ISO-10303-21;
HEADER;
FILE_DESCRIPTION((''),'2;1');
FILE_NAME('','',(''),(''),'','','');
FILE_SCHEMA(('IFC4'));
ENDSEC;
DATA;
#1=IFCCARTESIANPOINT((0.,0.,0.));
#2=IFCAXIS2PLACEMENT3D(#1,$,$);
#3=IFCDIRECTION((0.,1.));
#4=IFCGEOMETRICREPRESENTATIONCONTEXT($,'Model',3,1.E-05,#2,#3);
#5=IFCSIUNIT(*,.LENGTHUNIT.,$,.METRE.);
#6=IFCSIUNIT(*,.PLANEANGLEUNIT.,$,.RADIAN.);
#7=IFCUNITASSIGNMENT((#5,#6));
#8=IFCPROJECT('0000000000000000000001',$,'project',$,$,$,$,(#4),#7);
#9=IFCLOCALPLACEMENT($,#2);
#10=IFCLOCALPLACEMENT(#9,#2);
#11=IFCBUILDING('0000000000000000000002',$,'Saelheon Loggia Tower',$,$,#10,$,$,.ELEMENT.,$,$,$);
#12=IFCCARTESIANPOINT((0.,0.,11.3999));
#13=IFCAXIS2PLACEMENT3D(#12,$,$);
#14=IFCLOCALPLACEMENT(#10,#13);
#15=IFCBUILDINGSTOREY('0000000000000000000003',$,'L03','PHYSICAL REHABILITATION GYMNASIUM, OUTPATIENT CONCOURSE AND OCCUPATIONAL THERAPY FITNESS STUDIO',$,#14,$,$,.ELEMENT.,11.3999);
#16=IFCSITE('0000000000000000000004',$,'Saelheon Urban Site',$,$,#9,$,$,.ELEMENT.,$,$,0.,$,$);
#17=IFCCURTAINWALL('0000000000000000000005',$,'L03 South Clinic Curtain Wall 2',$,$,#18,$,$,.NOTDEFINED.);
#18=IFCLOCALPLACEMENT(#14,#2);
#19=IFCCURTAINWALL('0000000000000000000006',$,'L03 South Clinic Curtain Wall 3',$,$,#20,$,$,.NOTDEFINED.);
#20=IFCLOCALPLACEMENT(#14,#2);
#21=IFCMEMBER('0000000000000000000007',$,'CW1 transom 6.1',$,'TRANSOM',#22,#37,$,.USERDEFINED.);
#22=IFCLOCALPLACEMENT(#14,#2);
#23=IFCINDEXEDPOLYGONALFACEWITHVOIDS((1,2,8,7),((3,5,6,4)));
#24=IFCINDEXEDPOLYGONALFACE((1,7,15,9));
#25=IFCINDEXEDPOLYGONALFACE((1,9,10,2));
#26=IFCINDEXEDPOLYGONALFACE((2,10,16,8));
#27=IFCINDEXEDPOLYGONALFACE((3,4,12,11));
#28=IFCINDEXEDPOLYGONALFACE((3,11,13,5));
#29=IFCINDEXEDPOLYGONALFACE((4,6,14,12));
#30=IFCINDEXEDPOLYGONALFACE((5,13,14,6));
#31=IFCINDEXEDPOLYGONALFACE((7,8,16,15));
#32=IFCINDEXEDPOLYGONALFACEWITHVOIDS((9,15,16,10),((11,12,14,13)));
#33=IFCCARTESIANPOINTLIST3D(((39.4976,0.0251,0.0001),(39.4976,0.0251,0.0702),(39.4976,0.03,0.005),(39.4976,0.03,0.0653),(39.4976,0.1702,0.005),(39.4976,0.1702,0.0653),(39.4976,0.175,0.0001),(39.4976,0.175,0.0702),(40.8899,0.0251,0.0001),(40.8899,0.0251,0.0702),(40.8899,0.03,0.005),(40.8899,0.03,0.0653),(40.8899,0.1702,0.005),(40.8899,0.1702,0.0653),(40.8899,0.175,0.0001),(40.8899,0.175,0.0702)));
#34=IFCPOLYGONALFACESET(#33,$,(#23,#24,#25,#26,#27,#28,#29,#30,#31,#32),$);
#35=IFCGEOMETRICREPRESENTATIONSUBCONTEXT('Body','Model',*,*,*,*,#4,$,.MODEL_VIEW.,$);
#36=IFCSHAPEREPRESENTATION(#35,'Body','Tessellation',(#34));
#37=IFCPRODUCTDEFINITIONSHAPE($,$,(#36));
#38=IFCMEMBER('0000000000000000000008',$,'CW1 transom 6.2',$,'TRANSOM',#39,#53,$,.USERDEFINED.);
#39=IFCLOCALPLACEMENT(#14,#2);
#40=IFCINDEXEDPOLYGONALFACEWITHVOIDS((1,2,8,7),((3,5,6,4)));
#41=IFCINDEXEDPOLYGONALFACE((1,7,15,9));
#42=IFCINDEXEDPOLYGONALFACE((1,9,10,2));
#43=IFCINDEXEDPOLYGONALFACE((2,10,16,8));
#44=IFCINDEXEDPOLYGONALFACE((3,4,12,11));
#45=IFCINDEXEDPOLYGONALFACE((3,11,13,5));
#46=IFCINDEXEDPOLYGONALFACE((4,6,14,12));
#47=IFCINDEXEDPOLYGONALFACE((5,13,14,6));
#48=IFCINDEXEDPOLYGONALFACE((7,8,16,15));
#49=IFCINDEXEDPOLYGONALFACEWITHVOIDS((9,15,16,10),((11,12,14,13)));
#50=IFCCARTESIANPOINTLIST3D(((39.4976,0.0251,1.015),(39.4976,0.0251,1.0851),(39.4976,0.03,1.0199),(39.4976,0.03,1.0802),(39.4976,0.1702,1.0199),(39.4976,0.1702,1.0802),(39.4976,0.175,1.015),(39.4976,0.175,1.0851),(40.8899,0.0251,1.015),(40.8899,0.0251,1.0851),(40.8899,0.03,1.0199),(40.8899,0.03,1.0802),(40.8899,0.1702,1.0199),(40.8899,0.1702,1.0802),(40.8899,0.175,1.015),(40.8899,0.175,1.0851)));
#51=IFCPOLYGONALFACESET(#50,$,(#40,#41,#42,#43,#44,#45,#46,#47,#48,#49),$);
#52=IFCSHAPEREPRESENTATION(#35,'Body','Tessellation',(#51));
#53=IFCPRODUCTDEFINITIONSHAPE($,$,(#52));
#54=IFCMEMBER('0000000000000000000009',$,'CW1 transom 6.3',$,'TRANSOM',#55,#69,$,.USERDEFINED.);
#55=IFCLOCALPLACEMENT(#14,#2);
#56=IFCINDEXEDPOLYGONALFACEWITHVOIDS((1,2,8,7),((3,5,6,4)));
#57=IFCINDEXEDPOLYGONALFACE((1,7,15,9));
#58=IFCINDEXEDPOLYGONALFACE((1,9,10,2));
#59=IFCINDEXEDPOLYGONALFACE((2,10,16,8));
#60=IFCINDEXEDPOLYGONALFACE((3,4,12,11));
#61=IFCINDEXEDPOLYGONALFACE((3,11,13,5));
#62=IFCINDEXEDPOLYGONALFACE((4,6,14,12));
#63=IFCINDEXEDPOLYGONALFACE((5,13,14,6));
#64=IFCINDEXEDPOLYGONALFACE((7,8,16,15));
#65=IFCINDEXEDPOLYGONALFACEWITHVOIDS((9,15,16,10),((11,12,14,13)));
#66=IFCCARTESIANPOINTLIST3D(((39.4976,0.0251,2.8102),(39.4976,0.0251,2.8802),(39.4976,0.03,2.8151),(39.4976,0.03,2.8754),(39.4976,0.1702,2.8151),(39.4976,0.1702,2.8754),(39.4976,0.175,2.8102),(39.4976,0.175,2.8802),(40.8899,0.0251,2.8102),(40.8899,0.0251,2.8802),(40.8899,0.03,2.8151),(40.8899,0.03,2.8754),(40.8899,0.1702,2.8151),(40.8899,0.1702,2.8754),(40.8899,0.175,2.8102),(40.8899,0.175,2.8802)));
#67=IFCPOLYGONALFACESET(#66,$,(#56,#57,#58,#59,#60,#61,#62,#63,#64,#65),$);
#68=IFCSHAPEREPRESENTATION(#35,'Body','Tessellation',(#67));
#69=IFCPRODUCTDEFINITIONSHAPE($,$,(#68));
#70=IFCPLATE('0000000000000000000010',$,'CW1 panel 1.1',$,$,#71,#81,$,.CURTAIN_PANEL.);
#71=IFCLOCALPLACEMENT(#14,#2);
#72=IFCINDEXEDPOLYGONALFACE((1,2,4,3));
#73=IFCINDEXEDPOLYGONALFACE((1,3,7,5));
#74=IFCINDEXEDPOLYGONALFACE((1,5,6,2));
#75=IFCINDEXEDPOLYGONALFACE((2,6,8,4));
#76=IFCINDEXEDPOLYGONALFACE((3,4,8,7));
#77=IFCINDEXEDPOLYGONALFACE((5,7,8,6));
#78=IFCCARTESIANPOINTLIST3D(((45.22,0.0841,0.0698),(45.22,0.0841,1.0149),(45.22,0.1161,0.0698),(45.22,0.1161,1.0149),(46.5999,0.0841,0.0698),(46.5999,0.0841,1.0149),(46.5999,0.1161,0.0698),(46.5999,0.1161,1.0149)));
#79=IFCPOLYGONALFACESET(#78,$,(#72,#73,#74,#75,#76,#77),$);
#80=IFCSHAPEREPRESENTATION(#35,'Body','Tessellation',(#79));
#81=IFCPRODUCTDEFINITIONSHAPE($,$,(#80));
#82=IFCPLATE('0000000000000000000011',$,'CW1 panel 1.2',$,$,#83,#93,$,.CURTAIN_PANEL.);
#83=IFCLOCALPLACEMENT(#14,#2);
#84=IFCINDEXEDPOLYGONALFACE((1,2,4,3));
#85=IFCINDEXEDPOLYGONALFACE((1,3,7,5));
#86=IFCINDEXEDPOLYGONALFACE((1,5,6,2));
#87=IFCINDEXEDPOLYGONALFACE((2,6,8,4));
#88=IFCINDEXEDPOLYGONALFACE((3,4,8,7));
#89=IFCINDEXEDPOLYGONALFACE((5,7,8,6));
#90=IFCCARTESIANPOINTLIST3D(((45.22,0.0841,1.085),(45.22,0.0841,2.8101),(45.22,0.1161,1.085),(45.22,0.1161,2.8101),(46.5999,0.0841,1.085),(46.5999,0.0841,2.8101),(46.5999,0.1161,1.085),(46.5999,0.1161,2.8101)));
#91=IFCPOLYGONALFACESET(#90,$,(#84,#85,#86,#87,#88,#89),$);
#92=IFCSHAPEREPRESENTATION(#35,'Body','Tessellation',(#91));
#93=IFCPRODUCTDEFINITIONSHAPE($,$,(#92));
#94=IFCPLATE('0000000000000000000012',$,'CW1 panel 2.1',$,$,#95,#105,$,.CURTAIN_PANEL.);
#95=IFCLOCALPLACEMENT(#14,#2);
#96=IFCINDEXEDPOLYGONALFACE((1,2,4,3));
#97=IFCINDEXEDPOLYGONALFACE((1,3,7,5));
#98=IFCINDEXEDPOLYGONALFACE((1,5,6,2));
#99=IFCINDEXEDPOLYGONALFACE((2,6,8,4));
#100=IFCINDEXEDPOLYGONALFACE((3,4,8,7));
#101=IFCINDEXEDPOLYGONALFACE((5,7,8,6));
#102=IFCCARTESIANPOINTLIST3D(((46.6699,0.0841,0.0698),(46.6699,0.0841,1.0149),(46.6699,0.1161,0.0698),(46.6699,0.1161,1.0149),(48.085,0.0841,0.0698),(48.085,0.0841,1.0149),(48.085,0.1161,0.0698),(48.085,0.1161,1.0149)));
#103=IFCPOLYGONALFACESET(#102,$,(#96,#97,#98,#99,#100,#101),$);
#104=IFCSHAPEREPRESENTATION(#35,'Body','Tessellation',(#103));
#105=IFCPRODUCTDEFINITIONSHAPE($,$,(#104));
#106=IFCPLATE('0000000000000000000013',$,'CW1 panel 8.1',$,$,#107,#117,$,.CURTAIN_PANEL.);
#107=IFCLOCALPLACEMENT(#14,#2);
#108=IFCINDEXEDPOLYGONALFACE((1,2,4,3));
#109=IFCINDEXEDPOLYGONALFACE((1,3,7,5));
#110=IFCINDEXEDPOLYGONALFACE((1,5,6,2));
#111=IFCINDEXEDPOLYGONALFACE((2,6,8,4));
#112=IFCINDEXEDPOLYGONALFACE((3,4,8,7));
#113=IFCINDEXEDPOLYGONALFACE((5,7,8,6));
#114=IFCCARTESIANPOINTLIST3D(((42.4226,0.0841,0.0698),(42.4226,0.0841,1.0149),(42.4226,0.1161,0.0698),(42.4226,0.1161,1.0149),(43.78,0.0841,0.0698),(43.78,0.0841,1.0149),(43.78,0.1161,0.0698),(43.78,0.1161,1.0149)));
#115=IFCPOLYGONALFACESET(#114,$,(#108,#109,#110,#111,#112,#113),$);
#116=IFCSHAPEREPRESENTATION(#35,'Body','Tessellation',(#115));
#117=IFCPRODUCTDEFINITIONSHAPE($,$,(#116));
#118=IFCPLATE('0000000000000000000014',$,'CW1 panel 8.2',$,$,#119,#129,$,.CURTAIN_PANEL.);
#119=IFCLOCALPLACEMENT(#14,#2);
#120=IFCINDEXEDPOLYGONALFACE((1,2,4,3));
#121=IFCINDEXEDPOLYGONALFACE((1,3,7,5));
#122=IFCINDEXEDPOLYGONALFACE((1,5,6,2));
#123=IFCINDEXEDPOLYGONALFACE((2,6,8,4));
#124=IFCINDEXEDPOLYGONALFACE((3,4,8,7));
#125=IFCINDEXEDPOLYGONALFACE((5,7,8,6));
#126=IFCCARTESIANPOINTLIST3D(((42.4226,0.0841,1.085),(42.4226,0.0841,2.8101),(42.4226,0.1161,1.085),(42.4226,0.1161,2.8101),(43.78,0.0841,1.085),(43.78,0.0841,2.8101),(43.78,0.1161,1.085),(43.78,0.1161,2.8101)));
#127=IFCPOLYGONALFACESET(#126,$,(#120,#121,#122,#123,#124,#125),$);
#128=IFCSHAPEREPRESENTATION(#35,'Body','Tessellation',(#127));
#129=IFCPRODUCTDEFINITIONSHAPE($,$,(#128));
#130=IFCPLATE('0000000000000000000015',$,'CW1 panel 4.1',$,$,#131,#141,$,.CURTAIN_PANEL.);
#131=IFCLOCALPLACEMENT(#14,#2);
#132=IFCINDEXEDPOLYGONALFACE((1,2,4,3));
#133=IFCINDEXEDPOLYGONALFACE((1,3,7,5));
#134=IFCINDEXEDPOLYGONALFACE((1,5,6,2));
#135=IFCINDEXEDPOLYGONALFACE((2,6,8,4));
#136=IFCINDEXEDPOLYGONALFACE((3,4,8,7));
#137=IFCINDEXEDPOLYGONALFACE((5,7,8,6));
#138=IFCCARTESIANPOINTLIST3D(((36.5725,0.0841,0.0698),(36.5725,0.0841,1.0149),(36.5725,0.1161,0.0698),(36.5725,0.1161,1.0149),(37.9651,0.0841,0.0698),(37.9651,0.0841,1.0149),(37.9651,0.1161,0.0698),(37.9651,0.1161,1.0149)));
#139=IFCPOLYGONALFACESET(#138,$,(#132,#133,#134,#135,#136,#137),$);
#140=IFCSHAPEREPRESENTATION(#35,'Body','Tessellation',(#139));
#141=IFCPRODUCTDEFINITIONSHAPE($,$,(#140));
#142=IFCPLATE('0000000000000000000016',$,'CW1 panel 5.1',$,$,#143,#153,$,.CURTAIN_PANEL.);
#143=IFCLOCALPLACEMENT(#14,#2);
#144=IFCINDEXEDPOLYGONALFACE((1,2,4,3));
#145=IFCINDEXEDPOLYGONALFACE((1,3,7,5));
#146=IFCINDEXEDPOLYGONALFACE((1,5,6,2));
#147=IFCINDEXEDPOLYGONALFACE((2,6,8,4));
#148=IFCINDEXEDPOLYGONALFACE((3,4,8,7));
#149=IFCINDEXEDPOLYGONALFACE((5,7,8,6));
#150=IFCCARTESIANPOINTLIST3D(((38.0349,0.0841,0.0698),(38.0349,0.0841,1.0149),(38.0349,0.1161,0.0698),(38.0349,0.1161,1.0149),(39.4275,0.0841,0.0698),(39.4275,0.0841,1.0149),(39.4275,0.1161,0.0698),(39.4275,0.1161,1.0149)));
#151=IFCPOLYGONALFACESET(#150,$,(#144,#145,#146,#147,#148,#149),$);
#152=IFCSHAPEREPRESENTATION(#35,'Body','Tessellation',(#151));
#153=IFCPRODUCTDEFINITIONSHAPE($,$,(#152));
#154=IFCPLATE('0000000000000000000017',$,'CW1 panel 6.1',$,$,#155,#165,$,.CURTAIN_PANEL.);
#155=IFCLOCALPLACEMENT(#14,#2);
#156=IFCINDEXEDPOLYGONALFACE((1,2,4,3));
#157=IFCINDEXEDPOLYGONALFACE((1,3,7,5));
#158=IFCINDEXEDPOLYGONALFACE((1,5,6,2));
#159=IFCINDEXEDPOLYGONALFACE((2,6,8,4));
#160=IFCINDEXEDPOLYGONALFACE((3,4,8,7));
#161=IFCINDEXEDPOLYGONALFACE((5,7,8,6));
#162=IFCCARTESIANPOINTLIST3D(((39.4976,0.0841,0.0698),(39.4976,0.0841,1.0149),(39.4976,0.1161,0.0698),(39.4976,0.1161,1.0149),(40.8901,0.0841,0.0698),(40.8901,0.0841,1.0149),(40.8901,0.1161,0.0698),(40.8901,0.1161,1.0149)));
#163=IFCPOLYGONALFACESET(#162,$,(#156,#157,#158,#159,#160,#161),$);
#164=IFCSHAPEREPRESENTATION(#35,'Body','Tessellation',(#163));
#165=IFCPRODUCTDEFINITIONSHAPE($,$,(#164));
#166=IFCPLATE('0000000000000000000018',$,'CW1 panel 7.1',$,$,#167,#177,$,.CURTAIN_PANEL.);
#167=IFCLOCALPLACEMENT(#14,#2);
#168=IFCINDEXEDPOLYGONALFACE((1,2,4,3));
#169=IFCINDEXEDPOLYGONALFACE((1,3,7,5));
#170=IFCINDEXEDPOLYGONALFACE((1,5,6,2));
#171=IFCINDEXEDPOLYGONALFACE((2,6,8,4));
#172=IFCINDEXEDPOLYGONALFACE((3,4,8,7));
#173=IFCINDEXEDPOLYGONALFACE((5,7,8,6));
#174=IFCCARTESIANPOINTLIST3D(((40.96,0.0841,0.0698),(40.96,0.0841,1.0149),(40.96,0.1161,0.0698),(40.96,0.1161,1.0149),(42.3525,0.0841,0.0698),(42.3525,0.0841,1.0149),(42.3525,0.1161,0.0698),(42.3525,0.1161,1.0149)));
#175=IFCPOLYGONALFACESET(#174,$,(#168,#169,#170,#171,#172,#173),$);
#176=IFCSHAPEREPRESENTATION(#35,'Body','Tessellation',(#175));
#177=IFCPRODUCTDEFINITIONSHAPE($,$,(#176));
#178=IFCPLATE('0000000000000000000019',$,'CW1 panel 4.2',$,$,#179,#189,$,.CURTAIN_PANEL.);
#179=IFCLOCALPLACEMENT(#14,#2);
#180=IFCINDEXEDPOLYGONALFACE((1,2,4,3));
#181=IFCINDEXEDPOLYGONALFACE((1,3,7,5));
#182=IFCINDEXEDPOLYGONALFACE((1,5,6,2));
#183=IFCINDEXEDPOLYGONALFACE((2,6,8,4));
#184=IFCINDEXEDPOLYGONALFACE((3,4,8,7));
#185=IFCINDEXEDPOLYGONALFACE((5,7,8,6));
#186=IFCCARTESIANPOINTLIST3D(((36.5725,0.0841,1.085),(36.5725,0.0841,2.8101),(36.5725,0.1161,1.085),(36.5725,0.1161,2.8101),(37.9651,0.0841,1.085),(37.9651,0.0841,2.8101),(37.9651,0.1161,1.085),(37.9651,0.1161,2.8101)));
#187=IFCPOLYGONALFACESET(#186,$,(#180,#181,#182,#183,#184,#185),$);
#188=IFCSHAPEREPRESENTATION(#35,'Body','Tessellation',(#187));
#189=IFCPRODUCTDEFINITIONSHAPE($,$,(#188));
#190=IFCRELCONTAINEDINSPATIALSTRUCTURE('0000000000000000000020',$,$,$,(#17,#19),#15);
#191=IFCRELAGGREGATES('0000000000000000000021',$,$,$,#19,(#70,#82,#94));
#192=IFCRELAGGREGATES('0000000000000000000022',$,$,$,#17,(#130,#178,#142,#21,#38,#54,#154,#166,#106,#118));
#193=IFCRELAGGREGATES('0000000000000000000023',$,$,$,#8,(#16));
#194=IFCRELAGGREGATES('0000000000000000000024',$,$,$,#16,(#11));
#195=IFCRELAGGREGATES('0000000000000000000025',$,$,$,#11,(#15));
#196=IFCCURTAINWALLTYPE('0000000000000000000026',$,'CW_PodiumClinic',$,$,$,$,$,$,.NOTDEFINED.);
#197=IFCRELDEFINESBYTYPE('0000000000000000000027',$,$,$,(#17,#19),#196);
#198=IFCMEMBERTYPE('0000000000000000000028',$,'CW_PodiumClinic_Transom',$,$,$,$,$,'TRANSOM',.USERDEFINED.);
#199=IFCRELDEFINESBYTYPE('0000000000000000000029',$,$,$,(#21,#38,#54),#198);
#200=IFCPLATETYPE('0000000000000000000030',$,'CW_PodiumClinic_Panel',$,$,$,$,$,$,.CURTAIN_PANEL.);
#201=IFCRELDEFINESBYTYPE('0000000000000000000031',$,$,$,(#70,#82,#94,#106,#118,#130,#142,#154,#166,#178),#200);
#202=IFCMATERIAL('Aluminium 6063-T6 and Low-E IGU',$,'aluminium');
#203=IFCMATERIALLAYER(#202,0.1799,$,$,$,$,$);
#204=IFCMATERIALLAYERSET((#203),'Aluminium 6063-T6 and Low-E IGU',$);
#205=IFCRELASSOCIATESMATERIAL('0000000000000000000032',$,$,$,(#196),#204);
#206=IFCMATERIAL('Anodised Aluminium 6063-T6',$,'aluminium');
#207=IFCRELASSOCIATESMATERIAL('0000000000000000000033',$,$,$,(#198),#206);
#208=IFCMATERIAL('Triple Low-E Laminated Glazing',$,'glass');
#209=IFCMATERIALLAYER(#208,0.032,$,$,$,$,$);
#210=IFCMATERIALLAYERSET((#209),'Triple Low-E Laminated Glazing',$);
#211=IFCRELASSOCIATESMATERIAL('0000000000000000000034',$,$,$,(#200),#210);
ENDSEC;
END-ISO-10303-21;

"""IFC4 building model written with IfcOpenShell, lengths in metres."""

from ifc_helpers import new_model, si_unit, direction, frame, origin, origin_2d, place, context, subcontext, project, spatial, rectangle, hollow_rectangle, extrude, source, transform, mapped, material, layer, layer_set, material_profile, profile_set, type_object, element, aggregate, save


model = new_model("IFC4")

# Units and contexts
model_context = context("Model", 3, precision=1e-05, world=origin(), true_north=direction((0.0, 1.0)))
body_context = subcontext(model_context, "Body", "Model", "MODEL_VIEW")
ifc_project = project(units=[si_unit("LENGTHUNIT", "METRE"), si_unit("PLANEANGLEUNIT", "RADIAN")], contexts=[model_context])

# Site, building, storey
site_placement = place(None, origin())
site = spatial("IfcSite", under=ifc_project, at=site_placement, Name="Saelheon Urban Site", CompositionType="ELEMENT", RefElevation=0.0)
building_placement = place(site_placement, origin())
building = spatial("IfcBuilding", under=site, at=building_placement, Name="Saelheon Loggia Tower", CompositionType="ELEMENT")
storey_placement = place(building_placement, frame((0.0, 0.0, 11.3999)))
storey = spatial("IfcBuildingStorey", under=building, at=storey_placement, Name="L03", Description="PHYSICAL REHABILITATION GYMNASIUM, OUTPATIENT CONCOURSE AND OCCUPATIONAL THERAPY FITNESS STUDIO", CompositionType="ELEMENT", Elevation=11.3999)

# Curtain walls
ifc_material_1 = material(Name="Aluminium 6063-T6 and Low-E IGU", Category="aluminium")
ifc_layer_1 = layer(ifc_material_1, 0.1799)
ifc_layer_set_1 = layer_set([ifc_layer_1], Name="Aluminium 6063-T6 and Low-E IGU")
curtain_wall_type = type_object("IfcCurtainWallType", Name="CW_PodiumClinic", PredefinedType="NOTDEFINED", material=ifc_layer_set_1)
curtain_wall_1_placement = place(storey_placement, origin())
curtain_wall_1 = element("IfcCurtainWall", 1, at=curtain_wall_1_placement, inside=storey, type_object=curtain_wall_type, Name="L03 South Clinic Curtain Wall 2", PredefinedType="NOTDEFINED")
ifc_material_2 = material(Name="Anodised Aluminium 6063-T6", Category="aluminium")
curtain_wall_2_placement = place(storey_placement, origin())
curtain_wall_2 = element("IfcCurtainWall", 2, at=curtain_wall_2_placement, inside=storey, type_object=curtain_wall_type, Name="L03 South Clinic Curtain Wall 3", PredefinedType="NOTDEFINED")
ifc_material_profile_1 = material_profile(ifc_material_2, hollow_rectangle(XDim=0.0701, YDim=0.1499, WallThickness=0.0049, at=origin_2d()), Name="RHS-150x70x5")
ifc_profile_set_1 = profile_set([ifc_material_profile_1], Name="Anodised Aluminium 6063-T6")
member_type_1 = type_object("IfcMemberType", Name="CW_PodiumClinic_Transom", ElementType="TRANSOM", PredefinedType="USERDEFINED", material=ifc_profile_set_1)

# Members
shared_shape_1 = source(origin(), body_context, "Body", "SweptSolid", [
    extrude(hollow_rectangle(XDim=0.0701, YDim=0.1499, WallThickness=0.0049, at=origin_2d()), origin(), (0.0, 0.0, 1.0), 1.3923),
])
member_1_placement = place(storey_placement, frame((39.4976, 0.1001, 0.0352), z_axis=(1.0, 0.0, 0.0), x_axis=(0.0, 0.0, 1.0)))
member_1 = element("IfcMember", 3, at=member_1_placement, type_object=member_type_1, Name="CW1 transom 6.1", ObjectType="TRANSOM", PredefinedType="USERDEFINED", context=body_context, shape_type="MappedRepresentation", body=[
    mapped(shared_shape_1, transform((0.0, 0.0, 0.0), scale=1.0)),
])
member_2_placement = place(storey_placement, frame((39.4976, 0.1001, 1.05), z_axis=(1.0, 0.0, 0.0), x_axis=(0.0, 0.0, 1.0)))
member_2 = element("IfcMember", 4, at=member_2_placement, type_object=member_type_1, Name="CW1 transom 6.2", ObjectType="TRANSOM", PredefinedType="USERDEFINED", context=body_context, shape_type="MappedRepresentation", body=[
    mapped(shared_shape_1, transform((0.0, 0.0, 0.0), scale=1.0)),
])
member_3_placement = place(storey_placement, frame((39.4976, 0.1001, 2.8452), z_axis=(1.0, 0.0, 0.0), x_axis=(0.0, 0.0, 1.0)))
member_3 = element("IfcMember", 5, at=member_3_placement, type_object=member_type_1, Name="CW1 transom 6.3", ObjectType="TRANSOM", PredefinedType="USERDEFINED", context=body_context, shape_type="MappedRepresentation", body=[
    mapped(shared_shape_1, transform((0.0, 0.0, 0.0), scale=1.0)),
])

# Plates
ifc_material_3 = material(Name="Triple Low-E Laminated Glazing", Category="glass")
ifc_layer_2 = layer(ifc_material_3, 0.032)
ifc_layer_set_2 = layer_set([ifc_layer_2], Name="Triple Low-E Laminated Glazing")
plate_type = type_object("IfcPlateType", Name="CW_PodiumClinic_Panel", PredefinedType="CURTAIN_PANEL", material=ifc_layer_set_2)
shared_shape_2 = source(origin(), body_context, "Body", "SweptSolid", [
    extrude(rectangle(XDim=1.3799, YDim=0.032, at=origin_2d()), origin(), (0.0, 0.0, 1.0), 0.9451),
])
plate_1_placement = place(storey_placement, frame((45.9099, 0.1001, 0.0698), z_axis=(0.0, 0.0, 1.0), x_axis=(1.0, 0.0, 0.0)))
plate_1 = element("IfcPlate", 6, at=plate_1_placement, type_object=plate_type, Name="CW1 panel 1.1", PredefinedType="CURTAIN_PANEL", context=body_context, shape_type="MappedRepresentation", body=[
    mapped(shared_shape_2, transform((0.0, 0.0, 0.0), scale=1.0)),
])
shared_shape_3 = source(origin(), body_context, "Body", "SweptSolid", [
    extrude(rectangle(XDim=1.3799, YDim=0.032, at=origin_2d()), origin(), (0.0, 0.0, 1.0), 1.7251),
])
plate_2_placement = place(storey_placement, frame((45.9099, 0.1001, 1.085), z_axis=(0.0, 0.0, 1.0), x_axis=(1.0, 0.0, 0.0)))
plate_2 = element("IfcPlate", 7, at=plate_2_placement, type_object=plate_type, Name="CW1 panel 1.2", PredefinedType="CURTAIN_PANEL", context=body_context, shape_type="MappedRepresentation", body=[
    mapped(shared_shape_3, transform((0.0, 0.0, 0.0), scale=1.0)),
])
shared_shape_4 = source(origin(), body_context, "Body", "SweptSolid", [
    extrude(rectangle(XDim=1.415, YDim=0.032, at=origin_2d()), origin(), (0.0, 0.0, 1.0), 0.9451),
])
plate_3_placement = place(storey_placement, frame((47.3774, 0.1001, 0.0698), z_axis=(0.0, 0.0, 1.0), x_axis=(1.0, 0.0, 0.0)))
plate_3 = element("IfcPlate", 8, at=plate_3_placement, type_object=plate_type, Name="CW1 panel 2.1", PredefinedType="CURTAIN_PANEL", context=body_context, shape_type="MappedRepresentation", body=[
    mapped(shared_shape_4, transform((0.0, 0.0, 0.0), scale=1.0)),
])
aggregate(curtain_wall_2, [plate_1, plate_2, plate_3])
shared_shape_5 = source(origin(), body_context, "Body", "SweptSolid", [
    extrude(rectangle(XDim=1.3574, YDim=0.032, at=origin_2d()), origin(), (0.0, 0.0, 1.0), 0.9451),
])
plate_4_placement = place(storey_placement, frame((43.1013, 0.1001, 0.0698), z_axis=(0.0, 0.0, 1.0), x_axis=(1.0, 0.0, 0.0)))
plate_4 = element("IfcPlate", 9, at=plate_4_placement, type_object=plate_type, Name="CW1 panel 8.1", PredefinedType="CURTAIN_PANEL", context=body_context, shape_type="MappedRepresentation", body=[
    mapped(shared_shape_5, transform((0.0, 0.0, 0.0), scale=1.0)),
])
shared_shape_6 = source(origin(), body_context, "Body", "SweptSolid", [
    extrude(rectangle(XDim=1.3574, YDim=0.032, at=origin_2d()), origin(), (0.0, 0.0, 1.0), 1.7251),
])
plate_5_placement = place(storey_placement, frame((43.1013, 0.1001, 1.085), z_axis=(0.0, 0.0, 1.0), x_axis=(1.0, 0.0, 0.0)))
plate_5 = element("IfcPlate", 10, at=plate_5_placement, type_object=plate_type, Name="CW1 panel 8.2", PredefinedType="CURTAIN_PANEL", context=body_context, shape_type="MappedRepresentation", body=[
    mapped(shared_shape_6, transform((0.0, 0.0, 0.0), scale=1.0)),
])
shared_shape_7 = source(origin(), body_context, "Body", "SweptSolid", [
    extrude(rectangle(XDim=1.3926, YDim=0.032, at=origin_2d()), origin(), (0.0, 0.0, 1.0), 0.9451),
])
plate_6_placement = place(storey_placement, frame((37.2688, 0.1001, 0.0698), z_axis=(0.0, 0.0, 1.0), x_axis=(1.0, 0.0, 0.0)))
plate_6 = element("IfcPlate", 11, at=plate_6_placement, type_object=plate_type, Name="CW1 panel 4.1", PredefinedType="CURTAIN_PANEL", context=body_context, shape_type="MappedRepresentation", body=[
    mapped(shared_shape_7, transform((0.0, 0.0, 0.0), scale=1.0)),
])
plate_7_placement = place(storey_placement, frame((38.7312, 0.1001, 0.0698), z_axis=(0.0, 0.0, 1.0), x_axis=(1.0, 0.0, 0.0)))
plate_7 = element("IfcPlate", 12, at=plate_7_placement, type_object=plate_type, Name="CW1 panel 5.1", PredefinedType="CURTAIN_PANEL", context=body_context, shape_type="MappedRepresentation", body=[
    mapped(shared_shape_7, transform((0.0, 0.0, 0.0), scale=1.0)),
])
plate_8_placement = place(storey_placement, frame((40.1938, 0.1001, 0.0698), z_axis=(0.0, 0.0, 1.0), x_axis=(1.0, 0.0, 0.0)))
plate_8 = element("IfcPlate", 13, at=plate_8_placement, type_object=plate_type, Name="CW1 panel 6.1", PredefinedType="CURTAIN_PANEL", context=body_context, shape_type="MappedRepresentation", body=[
    mapped(shared_shape_7, transform((0.0, 0.0, 0.0), scale=1.0)),
])
plate_9_placement = place(storey_placement, frame((41.6562, 0.1001, 0.0698), z_axis=(0.0, 0.0, 1.0), x_axis=(1.0, 0.0, 0.0)))
plate_9 = element("IfcPlate", 14, at=plate_9_placement, type_object=plate_type, Name="CW1 panel 7.1", PredefinedType="CURTAIN_PANEL", context=body_context, shape_type="MappedRepresentation", body=[
    mapped(shared_shape_7, transform((0.0, 0.0, 0.0), scale=1.0)),
])
shared_shape_8 = source(origin(), body_context, "Body", "SweptSolid", [
    extrude(rectangle(XDim=1.3926, YDim=0.032, at=origin_2d()), origin(), (0.0, 0.0, 1.0), 1.7251),
])
plate_10_placement = place(storey_placement, frame((37.2688, 0.1001, 1.085), z_axis=(0.0, 0.0, 1.0), x_axis=(1.0, 0.0, 0.0)))
plate_10 = element("IfcPlate", 15, at=plate_10_placement, type_object=plate_type, Name="CW1 panel 4.2", PredefinedType="CURTAIN_PANEL", context=body_context, shape_type="MappedRepresentation", body=[
    mapped(shared_shape_8, transform((0.0, 0.0, 0.0), scale=1.0)),
])
aggregate(curtain_wall_1, [plate_6, plate_10, plate_7, member_1, member_2, member_3, plate_8, plate_9, plate_4, plate_5])

save(model, "model.ifc")
